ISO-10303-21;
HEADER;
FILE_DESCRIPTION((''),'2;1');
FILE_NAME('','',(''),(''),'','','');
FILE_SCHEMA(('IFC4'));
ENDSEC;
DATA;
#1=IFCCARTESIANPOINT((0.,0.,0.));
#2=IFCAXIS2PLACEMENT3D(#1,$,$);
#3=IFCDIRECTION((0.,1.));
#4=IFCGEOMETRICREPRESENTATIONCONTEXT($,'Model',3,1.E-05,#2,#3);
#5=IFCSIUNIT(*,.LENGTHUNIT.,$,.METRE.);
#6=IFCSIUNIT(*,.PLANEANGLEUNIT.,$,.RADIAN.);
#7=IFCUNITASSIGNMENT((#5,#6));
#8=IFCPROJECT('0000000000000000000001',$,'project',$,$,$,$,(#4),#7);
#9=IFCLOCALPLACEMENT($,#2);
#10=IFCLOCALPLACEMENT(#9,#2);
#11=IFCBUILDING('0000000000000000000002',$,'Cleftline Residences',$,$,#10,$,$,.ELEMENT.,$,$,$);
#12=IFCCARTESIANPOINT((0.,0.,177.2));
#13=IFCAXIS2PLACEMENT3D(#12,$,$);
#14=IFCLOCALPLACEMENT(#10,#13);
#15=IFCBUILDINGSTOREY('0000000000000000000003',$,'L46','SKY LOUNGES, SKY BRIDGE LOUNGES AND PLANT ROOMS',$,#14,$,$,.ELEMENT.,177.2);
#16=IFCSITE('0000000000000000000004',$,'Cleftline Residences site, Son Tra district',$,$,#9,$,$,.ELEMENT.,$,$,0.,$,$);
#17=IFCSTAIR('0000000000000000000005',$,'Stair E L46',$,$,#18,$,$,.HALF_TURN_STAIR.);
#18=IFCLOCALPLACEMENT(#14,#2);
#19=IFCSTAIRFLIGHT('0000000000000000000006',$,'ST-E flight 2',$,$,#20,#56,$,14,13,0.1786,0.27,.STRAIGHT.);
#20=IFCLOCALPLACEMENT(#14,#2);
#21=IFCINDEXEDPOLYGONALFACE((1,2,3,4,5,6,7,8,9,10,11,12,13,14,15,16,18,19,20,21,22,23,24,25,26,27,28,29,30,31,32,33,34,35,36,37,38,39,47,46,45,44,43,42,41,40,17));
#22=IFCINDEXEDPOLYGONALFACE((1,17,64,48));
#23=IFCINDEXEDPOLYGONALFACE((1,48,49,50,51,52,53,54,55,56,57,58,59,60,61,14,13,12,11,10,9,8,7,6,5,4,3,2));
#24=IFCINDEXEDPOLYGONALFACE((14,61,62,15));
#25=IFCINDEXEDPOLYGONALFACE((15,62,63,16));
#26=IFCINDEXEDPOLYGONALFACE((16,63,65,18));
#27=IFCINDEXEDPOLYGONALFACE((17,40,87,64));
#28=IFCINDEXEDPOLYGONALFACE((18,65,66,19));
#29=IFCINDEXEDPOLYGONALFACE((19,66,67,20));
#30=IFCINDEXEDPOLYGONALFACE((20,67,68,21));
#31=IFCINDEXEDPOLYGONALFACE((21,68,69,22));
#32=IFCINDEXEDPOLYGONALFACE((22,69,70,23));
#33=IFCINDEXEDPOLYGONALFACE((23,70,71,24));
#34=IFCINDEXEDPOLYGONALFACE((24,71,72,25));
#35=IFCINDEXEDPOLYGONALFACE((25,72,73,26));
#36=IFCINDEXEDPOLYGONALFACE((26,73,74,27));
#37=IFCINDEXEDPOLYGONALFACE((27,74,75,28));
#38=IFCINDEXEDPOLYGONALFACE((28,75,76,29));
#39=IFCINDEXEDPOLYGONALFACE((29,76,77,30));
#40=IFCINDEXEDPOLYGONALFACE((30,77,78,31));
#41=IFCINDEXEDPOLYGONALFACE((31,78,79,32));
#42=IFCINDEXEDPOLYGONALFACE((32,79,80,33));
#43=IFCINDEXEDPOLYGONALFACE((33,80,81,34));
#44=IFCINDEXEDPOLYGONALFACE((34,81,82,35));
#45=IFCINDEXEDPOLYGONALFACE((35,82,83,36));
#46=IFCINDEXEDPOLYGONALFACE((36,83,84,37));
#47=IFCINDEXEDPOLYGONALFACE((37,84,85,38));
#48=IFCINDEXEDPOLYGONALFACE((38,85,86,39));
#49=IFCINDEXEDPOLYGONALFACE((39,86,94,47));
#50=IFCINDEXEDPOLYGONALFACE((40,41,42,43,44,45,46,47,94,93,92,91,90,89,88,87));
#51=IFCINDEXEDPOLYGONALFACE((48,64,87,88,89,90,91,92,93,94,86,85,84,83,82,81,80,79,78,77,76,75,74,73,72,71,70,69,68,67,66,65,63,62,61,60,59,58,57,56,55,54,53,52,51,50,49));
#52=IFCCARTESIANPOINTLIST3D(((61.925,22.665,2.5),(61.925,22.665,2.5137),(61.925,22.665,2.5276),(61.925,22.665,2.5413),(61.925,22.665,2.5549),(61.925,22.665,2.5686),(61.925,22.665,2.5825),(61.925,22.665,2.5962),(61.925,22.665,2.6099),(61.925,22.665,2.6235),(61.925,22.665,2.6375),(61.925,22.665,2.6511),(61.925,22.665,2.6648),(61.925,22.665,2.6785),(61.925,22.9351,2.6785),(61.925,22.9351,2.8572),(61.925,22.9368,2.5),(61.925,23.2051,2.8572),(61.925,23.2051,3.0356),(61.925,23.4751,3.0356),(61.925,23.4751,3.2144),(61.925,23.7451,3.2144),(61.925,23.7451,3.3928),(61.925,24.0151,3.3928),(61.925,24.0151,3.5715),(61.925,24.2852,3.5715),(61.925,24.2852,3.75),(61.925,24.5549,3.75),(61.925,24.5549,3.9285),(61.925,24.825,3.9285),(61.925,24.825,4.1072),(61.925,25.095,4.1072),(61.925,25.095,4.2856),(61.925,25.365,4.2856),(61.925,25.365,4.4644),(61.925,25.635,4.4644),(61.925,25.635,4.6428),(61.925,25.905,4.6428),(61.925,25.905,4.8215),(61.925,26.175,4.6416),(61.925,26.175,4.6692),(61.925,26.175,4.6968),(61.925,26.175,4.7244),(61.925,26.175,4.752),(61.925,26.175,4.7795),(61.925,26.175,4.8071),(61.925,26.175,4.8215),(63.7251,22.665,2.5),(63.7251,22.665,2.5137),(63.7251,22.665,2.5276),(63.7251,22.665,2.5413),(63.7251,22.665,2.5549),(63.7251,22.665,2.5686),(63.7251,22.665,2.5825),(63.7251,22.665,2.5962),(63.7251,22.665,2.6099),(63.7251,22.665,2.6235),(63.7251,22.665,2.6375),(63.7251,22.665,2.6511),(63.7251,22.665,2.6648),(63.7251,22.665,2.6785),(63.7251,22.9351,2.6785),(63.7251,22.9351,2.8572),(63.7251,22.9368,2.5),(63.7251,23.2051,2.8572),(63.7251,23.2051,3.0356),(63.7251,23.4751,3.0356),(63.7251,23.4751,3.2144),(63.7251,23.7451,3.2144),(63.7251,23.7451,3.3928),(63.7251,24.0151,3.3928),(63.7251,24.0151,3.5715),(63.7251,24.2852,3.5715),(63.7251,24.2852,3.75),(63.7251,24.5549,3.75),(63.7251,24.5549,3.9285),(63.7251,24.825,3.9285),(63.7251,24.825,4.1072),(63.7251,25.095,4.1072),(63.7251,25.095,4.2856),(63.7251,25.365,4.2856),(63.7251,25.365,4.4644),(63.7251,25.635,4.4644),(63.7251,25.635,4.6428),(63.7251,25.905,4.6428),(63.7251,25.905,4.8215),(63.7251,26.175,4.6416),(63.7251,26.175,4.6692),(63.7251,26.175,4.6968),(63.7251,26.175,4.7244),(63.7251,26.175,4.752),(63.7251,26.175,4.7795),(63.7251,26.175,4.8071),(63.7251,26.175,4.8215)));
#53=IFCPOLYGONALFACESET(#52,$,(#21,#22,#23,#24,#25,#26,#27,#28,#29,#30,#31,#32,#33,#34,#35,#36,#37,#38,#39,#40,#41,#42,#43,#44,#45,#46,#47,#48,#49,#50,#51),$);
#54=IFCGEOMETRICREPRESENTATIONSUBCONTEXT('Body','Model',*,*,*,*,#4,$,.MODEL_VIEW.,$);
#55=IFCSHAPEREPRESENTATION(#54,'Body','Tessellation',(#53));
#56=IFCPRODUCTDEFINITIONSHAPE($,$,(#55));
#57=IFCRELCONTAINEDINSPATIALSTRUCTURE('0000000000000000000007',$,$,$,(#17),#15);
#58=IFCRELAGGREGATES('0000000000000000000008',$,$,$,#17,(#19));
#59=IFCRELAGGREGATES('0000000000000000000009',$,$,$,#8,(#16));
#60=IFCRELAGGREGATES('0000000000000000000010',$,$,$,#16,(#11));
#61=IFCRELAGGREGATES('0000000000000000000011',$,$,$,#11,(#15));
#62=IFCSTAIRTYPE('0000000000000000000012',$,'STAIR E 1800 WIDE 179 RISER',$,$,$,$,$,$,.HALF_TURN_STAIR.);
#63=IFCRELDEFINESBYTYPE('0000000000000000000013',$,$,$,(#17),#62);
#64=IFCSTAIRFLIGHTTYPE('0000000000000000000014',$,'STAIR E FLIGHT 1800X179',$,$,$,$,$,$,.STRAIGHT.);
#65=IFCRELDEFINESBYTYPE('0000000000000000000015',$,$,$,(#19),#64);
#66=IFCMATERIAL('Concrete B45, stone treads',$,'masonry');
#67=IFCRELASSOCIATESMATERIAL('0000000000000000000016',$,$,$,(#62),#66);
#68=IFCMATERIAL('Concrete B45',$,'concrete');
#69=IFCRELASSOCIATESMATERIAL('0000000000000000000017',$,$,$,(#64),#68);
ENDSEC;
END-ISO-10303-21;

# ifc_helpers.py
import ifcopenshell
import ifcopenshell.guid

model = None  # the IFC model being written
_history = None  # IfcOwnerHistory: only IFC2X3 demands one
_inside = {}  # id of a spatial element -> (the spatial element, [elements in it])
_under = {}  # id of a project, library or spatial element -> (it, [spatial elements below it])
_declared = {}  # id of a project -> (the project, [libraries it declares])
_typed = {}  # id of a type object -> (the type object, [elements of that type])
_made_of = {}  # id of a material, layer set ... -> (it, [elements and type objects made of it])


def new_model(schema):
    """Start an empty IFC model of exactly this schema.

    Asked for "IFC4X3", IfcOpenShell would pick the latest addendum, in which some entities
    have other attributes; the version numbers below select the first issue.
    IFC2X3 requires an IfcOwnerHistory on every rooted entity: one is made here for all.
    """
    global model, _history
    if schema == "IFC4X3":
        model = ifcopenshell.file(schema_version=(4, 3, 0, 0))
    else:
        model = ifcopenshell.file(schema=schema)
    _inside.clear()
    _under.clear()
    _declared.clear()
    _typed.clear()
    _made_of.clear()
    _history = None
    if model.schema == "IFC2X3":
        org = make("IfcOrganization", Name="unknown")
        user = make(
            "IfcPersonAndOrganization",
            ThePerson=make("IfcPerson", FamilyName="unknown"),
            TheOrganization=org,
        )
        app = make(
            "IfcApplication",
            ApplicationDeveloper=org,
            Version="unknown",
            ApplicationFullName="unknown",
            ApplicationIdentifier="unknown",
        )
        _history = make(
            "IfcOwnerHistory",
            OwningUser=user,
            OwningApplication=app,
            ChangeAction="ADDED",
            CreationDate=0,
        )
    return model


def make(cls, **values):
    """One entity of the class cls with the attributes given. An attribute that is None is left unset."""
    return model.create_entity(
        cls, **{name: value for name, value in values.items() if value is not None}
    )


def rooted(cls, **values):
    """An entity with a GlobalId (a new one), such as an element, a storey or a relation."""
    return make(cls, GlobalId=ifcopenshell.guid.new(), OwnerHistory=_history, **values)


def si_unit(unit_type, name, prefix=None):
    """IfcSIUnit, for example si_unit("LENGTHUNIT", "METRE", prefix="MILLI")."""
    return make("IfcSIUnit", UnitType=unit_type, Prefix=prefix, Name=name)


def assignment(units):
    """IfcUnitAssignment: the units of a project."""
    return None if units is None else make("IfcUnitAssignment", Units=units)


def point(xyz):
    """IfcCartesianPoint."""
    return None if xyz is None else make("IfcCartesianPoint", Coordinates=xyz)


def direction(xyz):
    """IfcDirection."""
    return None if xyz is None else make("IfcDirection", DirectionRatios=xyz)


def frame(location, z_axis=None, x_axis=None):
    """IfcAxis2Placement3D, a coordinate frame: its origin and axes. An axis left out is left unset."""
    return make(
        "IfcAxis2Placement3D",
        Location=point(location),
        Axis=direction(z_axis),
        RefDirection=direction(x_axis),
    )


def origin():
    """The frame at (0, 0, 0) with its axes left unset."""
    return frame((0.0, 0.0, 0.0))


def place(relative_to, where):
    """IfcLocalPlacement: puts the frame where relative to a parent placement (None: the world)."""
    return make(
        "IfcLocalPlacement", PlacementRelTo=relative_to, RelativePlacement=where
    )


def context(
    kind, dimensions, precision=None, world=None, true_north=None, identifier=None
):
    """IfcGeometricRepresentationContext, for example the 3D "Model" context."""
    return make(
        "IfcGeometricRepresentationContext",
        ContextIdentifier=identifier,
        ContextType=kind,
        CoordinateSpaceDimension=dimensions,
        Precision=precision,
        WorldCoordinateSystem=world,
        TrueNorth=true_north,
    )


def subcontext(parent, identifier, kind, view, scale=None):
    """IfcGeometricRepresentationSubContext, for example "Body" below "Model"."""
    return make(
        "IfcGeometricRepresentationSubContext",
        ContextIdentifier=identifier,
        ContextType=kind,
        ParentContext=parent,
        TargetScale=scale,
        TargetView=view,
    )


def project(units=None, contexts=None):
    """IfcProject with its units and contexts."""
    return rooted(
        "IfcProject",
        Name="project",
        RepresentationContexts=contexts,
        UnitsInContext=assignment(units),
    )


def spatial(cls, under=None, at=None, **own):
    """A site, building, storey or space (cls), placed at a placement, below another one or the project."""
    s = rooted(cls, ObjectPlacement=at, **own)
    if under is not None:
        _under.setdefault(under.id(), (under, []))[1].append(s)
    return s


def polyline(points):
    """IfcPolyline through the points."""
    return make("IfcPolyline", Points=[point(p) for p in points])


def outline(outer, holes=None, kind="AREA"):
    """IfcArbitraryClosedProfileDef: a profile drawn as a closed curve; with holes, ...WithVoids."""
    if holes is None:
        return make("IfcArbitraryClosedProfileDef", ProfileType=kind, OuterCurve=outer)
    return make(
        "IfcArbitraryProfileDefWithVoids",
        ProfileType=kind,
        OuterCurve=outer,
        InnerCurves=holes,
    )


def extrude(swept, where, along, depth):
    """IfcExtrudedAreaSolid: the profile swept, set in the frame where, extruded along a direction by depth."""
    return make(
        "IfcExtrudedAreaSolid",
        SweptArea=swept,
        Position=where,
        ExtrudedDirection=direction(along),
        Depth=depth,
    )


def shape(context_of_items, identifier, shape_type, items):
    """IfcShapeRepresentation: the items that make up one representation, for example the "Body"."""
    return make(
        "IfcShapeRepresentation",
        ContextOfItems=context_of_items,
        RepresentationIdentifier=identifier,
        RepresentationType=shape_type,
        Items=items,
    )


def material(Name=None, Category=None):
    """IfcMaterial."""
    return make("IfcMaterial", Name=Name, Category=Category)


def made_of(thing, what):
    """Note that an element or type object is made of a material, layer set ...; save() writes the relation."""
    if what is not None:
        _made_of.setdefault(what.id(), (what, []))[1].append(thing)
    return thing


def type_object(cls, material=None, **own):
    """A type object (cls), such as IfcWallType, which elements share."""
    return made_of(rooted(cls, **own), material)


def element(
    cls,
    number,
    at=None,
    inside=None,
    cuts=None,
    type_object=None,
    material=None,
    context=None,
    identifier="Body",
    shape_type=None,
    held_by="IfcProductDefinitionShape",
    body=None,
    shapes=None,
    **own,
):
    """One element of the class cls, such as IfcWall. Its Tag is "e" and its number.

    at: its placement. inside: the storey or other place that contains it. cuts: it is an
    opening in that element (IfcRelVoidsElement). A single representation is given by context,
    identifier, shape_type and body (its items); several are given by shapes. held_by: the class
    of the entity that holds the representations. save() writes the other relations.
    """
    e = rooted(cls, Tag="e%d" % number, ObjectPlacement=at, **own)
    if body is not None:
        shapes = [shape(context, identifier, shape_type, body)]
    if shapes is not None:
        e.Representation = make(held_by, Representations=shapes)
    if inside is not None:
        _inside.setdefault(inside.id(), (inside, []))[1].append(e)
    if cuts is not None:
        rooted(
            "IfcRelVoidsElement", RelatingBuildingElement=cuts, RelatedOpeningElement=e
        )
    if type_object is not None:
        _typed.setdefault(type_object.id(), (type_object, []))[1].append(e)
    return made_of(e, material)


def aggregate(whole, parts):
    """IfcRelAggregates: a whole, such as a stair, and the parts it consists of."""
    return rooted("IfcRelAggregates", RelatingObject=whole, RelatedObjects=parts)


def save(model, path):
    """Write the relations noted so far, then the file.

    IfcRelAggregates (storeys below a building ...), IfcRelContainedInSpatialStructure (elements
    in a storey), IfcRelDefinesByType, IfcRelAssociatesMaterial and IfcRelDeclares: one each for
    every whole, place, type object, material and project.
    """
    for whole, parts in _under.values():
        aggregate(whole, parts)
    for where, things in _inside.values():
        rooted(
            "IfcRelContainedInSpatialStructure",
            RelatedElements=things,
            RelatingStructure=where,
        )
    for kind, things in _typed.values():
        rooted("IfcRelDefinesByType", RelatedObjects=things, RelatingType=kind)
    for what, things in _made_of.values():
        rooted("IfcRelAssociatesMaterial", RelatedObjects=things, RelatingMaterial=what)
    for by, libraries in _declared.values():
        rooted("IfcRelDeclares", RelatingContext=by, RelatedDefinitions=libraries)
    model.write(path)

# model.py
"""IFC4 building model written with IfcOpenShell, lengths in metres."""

from ifc_helpers import new_model, si_unit, direction, frame, origin, place, context, subcontext, project, spatial, polyline, outline, extrude, material, type_object, element, aggregate, save


model = new_model("IFC4")

# Units and contexts
model_context = context("Model", 3, precision=1e-05, world=origin(), true_north=direction((0.0, 1.0)))
body_context = subcontext(model_context, "Body", "Model", "MODEL_VIEW")
ifc_project = project(units=[si_unit("LENGTHUNIT", "METRE"), si_unit("PLANEANGLEUNIT", "RADIAN")], contexts=[model_context])

# Site, building, storey
site_placement = place(None, origin())
site = spatial("IfcSite", under=ifc_project, at=site_placement, Name="Cleftline Residences site, Son Tra district", CompositionType="ELEMENT", RefElevation=0.0)
building_placement = place(site_placement, origin())
building = spatial("IfcBuilding", under=site, at=building_placement, Name="Cleftline Residences", CompositionType="ELEMENT")
storey_placement = place(building_placement, frame((0.0, 0.0, 177.2)))
storey = spatial("IfcBuildingStorey", under=building, at=storey_placement, Name="L46", Description="SKY LOUNGES, SKY BRIDGE LOUNGES AND PLANT ROOMS", CompositionType="ELEMENT", Elevation=177.2)

# Stair, stair flight
ifc_material_1 = material(Name="Concrete B45, stone treads", Category="masonry")
stair_type = type_object("IfcStairType", Name="STAIR E 1800 WIDE 179 RISER", PredefinedType="HALF_TURN_STAIR", material=ifc_material_1)
stair_placement = place(storey_placement, origin())
stair = element("IfcStair", 1, at=stair_placement, inside=storey, type_object=stair_type, Name="Stair E L46", PredefinedType="HALF_TURN_STAIR")
ifc_material_2 = material(Name="Concrete B45", Category="concrete")
stair_flight_type = type_object("IfcStairFlightType", Name="STAIR E FLIGHT 1800X179", PredefinedType="STRAIGHT", material=ifc_material_2)
stair_flight_placement = place(storey_placement, frame((62.825, 22.665, 2.5), z_axis=(0.0, 0.0, 1.0), x_axis=(0.0, 1.0, 0.0)))
stair_flight = element("IfcStairFlight", 2, at=stair_flight_placement, type_object=stair_flight_type, Name="ST-E flight 2", NumberOfRisers=14, NumberOfTreads=13, PredefinedType="STRAIGHT", RiserHeight=0.1786, TreadLength=0.27, context=body_context, shape_type="SweptSolid", body=[
    extrude(outline(polyline([(0.0, 0.0), (0.0, 0.0137), (0.0, 0.0276), (0.0, 0.0413), (0.0, 0.0549), (0.0, 0.0686), (0.0, 0.0825), (0.0, 0.0962), (0.0, 0.1099), (0.0, 0.1235), (0.0, 0.1375), (0.0, 0.1511), (0.0, 0.1648), (0.0, 0.1785), (0.27, 0.1785), (0.27, 0.3572), (0.54, 0.3572), (0.54, 0.5356), (0.8101, 0.5356), (0.8101, 0.7144), (1.0801, 0.7144), (1.0801, 0.8928), (1.3501, 0.8928), (1.3501, 1.0715), (1.6201, 1.0715), (1.6201, 1.25), (1.8899, 1.25), (1.8899, 1.4285), (2.1599, 1.4285), (2.1599, 1.6072), (2.4299, 1.6072), (2.4299, 1.7856), (2.7, 1.7856), (2.7, 1.9644), (2.97, 1.9644), (2.97, 2.1428), (3.24, 2.1428), (3.24, 2.3215), (3.51, 2.3215), (3.51, 2.5), (3.51, 2.4724), (3.51, 2.4448), (3.51, 2.4172), (3.51, 2.3896), (3.51, 2.3623), (3.51, 2.3347), (3.51, 2.3071), (3.51, 2.2795), (3.51, 2.252), (3.51, 2.2244), (3.51, 2.1968), (3.51, 2.1692), (3.51, 2.1416), (0.2717, 0.0), (0.0, 0.0)])), frame((0.0, 0.8999, 0.0), z_axis=(0.0, -1.0, 0.0), x_axis=(1.0, 0.0, 0.0)), (0.0, 0.0, 1.0), 1.8),
])
aggregate(stair, [stair_flight])

save(model, "model.ifc")
